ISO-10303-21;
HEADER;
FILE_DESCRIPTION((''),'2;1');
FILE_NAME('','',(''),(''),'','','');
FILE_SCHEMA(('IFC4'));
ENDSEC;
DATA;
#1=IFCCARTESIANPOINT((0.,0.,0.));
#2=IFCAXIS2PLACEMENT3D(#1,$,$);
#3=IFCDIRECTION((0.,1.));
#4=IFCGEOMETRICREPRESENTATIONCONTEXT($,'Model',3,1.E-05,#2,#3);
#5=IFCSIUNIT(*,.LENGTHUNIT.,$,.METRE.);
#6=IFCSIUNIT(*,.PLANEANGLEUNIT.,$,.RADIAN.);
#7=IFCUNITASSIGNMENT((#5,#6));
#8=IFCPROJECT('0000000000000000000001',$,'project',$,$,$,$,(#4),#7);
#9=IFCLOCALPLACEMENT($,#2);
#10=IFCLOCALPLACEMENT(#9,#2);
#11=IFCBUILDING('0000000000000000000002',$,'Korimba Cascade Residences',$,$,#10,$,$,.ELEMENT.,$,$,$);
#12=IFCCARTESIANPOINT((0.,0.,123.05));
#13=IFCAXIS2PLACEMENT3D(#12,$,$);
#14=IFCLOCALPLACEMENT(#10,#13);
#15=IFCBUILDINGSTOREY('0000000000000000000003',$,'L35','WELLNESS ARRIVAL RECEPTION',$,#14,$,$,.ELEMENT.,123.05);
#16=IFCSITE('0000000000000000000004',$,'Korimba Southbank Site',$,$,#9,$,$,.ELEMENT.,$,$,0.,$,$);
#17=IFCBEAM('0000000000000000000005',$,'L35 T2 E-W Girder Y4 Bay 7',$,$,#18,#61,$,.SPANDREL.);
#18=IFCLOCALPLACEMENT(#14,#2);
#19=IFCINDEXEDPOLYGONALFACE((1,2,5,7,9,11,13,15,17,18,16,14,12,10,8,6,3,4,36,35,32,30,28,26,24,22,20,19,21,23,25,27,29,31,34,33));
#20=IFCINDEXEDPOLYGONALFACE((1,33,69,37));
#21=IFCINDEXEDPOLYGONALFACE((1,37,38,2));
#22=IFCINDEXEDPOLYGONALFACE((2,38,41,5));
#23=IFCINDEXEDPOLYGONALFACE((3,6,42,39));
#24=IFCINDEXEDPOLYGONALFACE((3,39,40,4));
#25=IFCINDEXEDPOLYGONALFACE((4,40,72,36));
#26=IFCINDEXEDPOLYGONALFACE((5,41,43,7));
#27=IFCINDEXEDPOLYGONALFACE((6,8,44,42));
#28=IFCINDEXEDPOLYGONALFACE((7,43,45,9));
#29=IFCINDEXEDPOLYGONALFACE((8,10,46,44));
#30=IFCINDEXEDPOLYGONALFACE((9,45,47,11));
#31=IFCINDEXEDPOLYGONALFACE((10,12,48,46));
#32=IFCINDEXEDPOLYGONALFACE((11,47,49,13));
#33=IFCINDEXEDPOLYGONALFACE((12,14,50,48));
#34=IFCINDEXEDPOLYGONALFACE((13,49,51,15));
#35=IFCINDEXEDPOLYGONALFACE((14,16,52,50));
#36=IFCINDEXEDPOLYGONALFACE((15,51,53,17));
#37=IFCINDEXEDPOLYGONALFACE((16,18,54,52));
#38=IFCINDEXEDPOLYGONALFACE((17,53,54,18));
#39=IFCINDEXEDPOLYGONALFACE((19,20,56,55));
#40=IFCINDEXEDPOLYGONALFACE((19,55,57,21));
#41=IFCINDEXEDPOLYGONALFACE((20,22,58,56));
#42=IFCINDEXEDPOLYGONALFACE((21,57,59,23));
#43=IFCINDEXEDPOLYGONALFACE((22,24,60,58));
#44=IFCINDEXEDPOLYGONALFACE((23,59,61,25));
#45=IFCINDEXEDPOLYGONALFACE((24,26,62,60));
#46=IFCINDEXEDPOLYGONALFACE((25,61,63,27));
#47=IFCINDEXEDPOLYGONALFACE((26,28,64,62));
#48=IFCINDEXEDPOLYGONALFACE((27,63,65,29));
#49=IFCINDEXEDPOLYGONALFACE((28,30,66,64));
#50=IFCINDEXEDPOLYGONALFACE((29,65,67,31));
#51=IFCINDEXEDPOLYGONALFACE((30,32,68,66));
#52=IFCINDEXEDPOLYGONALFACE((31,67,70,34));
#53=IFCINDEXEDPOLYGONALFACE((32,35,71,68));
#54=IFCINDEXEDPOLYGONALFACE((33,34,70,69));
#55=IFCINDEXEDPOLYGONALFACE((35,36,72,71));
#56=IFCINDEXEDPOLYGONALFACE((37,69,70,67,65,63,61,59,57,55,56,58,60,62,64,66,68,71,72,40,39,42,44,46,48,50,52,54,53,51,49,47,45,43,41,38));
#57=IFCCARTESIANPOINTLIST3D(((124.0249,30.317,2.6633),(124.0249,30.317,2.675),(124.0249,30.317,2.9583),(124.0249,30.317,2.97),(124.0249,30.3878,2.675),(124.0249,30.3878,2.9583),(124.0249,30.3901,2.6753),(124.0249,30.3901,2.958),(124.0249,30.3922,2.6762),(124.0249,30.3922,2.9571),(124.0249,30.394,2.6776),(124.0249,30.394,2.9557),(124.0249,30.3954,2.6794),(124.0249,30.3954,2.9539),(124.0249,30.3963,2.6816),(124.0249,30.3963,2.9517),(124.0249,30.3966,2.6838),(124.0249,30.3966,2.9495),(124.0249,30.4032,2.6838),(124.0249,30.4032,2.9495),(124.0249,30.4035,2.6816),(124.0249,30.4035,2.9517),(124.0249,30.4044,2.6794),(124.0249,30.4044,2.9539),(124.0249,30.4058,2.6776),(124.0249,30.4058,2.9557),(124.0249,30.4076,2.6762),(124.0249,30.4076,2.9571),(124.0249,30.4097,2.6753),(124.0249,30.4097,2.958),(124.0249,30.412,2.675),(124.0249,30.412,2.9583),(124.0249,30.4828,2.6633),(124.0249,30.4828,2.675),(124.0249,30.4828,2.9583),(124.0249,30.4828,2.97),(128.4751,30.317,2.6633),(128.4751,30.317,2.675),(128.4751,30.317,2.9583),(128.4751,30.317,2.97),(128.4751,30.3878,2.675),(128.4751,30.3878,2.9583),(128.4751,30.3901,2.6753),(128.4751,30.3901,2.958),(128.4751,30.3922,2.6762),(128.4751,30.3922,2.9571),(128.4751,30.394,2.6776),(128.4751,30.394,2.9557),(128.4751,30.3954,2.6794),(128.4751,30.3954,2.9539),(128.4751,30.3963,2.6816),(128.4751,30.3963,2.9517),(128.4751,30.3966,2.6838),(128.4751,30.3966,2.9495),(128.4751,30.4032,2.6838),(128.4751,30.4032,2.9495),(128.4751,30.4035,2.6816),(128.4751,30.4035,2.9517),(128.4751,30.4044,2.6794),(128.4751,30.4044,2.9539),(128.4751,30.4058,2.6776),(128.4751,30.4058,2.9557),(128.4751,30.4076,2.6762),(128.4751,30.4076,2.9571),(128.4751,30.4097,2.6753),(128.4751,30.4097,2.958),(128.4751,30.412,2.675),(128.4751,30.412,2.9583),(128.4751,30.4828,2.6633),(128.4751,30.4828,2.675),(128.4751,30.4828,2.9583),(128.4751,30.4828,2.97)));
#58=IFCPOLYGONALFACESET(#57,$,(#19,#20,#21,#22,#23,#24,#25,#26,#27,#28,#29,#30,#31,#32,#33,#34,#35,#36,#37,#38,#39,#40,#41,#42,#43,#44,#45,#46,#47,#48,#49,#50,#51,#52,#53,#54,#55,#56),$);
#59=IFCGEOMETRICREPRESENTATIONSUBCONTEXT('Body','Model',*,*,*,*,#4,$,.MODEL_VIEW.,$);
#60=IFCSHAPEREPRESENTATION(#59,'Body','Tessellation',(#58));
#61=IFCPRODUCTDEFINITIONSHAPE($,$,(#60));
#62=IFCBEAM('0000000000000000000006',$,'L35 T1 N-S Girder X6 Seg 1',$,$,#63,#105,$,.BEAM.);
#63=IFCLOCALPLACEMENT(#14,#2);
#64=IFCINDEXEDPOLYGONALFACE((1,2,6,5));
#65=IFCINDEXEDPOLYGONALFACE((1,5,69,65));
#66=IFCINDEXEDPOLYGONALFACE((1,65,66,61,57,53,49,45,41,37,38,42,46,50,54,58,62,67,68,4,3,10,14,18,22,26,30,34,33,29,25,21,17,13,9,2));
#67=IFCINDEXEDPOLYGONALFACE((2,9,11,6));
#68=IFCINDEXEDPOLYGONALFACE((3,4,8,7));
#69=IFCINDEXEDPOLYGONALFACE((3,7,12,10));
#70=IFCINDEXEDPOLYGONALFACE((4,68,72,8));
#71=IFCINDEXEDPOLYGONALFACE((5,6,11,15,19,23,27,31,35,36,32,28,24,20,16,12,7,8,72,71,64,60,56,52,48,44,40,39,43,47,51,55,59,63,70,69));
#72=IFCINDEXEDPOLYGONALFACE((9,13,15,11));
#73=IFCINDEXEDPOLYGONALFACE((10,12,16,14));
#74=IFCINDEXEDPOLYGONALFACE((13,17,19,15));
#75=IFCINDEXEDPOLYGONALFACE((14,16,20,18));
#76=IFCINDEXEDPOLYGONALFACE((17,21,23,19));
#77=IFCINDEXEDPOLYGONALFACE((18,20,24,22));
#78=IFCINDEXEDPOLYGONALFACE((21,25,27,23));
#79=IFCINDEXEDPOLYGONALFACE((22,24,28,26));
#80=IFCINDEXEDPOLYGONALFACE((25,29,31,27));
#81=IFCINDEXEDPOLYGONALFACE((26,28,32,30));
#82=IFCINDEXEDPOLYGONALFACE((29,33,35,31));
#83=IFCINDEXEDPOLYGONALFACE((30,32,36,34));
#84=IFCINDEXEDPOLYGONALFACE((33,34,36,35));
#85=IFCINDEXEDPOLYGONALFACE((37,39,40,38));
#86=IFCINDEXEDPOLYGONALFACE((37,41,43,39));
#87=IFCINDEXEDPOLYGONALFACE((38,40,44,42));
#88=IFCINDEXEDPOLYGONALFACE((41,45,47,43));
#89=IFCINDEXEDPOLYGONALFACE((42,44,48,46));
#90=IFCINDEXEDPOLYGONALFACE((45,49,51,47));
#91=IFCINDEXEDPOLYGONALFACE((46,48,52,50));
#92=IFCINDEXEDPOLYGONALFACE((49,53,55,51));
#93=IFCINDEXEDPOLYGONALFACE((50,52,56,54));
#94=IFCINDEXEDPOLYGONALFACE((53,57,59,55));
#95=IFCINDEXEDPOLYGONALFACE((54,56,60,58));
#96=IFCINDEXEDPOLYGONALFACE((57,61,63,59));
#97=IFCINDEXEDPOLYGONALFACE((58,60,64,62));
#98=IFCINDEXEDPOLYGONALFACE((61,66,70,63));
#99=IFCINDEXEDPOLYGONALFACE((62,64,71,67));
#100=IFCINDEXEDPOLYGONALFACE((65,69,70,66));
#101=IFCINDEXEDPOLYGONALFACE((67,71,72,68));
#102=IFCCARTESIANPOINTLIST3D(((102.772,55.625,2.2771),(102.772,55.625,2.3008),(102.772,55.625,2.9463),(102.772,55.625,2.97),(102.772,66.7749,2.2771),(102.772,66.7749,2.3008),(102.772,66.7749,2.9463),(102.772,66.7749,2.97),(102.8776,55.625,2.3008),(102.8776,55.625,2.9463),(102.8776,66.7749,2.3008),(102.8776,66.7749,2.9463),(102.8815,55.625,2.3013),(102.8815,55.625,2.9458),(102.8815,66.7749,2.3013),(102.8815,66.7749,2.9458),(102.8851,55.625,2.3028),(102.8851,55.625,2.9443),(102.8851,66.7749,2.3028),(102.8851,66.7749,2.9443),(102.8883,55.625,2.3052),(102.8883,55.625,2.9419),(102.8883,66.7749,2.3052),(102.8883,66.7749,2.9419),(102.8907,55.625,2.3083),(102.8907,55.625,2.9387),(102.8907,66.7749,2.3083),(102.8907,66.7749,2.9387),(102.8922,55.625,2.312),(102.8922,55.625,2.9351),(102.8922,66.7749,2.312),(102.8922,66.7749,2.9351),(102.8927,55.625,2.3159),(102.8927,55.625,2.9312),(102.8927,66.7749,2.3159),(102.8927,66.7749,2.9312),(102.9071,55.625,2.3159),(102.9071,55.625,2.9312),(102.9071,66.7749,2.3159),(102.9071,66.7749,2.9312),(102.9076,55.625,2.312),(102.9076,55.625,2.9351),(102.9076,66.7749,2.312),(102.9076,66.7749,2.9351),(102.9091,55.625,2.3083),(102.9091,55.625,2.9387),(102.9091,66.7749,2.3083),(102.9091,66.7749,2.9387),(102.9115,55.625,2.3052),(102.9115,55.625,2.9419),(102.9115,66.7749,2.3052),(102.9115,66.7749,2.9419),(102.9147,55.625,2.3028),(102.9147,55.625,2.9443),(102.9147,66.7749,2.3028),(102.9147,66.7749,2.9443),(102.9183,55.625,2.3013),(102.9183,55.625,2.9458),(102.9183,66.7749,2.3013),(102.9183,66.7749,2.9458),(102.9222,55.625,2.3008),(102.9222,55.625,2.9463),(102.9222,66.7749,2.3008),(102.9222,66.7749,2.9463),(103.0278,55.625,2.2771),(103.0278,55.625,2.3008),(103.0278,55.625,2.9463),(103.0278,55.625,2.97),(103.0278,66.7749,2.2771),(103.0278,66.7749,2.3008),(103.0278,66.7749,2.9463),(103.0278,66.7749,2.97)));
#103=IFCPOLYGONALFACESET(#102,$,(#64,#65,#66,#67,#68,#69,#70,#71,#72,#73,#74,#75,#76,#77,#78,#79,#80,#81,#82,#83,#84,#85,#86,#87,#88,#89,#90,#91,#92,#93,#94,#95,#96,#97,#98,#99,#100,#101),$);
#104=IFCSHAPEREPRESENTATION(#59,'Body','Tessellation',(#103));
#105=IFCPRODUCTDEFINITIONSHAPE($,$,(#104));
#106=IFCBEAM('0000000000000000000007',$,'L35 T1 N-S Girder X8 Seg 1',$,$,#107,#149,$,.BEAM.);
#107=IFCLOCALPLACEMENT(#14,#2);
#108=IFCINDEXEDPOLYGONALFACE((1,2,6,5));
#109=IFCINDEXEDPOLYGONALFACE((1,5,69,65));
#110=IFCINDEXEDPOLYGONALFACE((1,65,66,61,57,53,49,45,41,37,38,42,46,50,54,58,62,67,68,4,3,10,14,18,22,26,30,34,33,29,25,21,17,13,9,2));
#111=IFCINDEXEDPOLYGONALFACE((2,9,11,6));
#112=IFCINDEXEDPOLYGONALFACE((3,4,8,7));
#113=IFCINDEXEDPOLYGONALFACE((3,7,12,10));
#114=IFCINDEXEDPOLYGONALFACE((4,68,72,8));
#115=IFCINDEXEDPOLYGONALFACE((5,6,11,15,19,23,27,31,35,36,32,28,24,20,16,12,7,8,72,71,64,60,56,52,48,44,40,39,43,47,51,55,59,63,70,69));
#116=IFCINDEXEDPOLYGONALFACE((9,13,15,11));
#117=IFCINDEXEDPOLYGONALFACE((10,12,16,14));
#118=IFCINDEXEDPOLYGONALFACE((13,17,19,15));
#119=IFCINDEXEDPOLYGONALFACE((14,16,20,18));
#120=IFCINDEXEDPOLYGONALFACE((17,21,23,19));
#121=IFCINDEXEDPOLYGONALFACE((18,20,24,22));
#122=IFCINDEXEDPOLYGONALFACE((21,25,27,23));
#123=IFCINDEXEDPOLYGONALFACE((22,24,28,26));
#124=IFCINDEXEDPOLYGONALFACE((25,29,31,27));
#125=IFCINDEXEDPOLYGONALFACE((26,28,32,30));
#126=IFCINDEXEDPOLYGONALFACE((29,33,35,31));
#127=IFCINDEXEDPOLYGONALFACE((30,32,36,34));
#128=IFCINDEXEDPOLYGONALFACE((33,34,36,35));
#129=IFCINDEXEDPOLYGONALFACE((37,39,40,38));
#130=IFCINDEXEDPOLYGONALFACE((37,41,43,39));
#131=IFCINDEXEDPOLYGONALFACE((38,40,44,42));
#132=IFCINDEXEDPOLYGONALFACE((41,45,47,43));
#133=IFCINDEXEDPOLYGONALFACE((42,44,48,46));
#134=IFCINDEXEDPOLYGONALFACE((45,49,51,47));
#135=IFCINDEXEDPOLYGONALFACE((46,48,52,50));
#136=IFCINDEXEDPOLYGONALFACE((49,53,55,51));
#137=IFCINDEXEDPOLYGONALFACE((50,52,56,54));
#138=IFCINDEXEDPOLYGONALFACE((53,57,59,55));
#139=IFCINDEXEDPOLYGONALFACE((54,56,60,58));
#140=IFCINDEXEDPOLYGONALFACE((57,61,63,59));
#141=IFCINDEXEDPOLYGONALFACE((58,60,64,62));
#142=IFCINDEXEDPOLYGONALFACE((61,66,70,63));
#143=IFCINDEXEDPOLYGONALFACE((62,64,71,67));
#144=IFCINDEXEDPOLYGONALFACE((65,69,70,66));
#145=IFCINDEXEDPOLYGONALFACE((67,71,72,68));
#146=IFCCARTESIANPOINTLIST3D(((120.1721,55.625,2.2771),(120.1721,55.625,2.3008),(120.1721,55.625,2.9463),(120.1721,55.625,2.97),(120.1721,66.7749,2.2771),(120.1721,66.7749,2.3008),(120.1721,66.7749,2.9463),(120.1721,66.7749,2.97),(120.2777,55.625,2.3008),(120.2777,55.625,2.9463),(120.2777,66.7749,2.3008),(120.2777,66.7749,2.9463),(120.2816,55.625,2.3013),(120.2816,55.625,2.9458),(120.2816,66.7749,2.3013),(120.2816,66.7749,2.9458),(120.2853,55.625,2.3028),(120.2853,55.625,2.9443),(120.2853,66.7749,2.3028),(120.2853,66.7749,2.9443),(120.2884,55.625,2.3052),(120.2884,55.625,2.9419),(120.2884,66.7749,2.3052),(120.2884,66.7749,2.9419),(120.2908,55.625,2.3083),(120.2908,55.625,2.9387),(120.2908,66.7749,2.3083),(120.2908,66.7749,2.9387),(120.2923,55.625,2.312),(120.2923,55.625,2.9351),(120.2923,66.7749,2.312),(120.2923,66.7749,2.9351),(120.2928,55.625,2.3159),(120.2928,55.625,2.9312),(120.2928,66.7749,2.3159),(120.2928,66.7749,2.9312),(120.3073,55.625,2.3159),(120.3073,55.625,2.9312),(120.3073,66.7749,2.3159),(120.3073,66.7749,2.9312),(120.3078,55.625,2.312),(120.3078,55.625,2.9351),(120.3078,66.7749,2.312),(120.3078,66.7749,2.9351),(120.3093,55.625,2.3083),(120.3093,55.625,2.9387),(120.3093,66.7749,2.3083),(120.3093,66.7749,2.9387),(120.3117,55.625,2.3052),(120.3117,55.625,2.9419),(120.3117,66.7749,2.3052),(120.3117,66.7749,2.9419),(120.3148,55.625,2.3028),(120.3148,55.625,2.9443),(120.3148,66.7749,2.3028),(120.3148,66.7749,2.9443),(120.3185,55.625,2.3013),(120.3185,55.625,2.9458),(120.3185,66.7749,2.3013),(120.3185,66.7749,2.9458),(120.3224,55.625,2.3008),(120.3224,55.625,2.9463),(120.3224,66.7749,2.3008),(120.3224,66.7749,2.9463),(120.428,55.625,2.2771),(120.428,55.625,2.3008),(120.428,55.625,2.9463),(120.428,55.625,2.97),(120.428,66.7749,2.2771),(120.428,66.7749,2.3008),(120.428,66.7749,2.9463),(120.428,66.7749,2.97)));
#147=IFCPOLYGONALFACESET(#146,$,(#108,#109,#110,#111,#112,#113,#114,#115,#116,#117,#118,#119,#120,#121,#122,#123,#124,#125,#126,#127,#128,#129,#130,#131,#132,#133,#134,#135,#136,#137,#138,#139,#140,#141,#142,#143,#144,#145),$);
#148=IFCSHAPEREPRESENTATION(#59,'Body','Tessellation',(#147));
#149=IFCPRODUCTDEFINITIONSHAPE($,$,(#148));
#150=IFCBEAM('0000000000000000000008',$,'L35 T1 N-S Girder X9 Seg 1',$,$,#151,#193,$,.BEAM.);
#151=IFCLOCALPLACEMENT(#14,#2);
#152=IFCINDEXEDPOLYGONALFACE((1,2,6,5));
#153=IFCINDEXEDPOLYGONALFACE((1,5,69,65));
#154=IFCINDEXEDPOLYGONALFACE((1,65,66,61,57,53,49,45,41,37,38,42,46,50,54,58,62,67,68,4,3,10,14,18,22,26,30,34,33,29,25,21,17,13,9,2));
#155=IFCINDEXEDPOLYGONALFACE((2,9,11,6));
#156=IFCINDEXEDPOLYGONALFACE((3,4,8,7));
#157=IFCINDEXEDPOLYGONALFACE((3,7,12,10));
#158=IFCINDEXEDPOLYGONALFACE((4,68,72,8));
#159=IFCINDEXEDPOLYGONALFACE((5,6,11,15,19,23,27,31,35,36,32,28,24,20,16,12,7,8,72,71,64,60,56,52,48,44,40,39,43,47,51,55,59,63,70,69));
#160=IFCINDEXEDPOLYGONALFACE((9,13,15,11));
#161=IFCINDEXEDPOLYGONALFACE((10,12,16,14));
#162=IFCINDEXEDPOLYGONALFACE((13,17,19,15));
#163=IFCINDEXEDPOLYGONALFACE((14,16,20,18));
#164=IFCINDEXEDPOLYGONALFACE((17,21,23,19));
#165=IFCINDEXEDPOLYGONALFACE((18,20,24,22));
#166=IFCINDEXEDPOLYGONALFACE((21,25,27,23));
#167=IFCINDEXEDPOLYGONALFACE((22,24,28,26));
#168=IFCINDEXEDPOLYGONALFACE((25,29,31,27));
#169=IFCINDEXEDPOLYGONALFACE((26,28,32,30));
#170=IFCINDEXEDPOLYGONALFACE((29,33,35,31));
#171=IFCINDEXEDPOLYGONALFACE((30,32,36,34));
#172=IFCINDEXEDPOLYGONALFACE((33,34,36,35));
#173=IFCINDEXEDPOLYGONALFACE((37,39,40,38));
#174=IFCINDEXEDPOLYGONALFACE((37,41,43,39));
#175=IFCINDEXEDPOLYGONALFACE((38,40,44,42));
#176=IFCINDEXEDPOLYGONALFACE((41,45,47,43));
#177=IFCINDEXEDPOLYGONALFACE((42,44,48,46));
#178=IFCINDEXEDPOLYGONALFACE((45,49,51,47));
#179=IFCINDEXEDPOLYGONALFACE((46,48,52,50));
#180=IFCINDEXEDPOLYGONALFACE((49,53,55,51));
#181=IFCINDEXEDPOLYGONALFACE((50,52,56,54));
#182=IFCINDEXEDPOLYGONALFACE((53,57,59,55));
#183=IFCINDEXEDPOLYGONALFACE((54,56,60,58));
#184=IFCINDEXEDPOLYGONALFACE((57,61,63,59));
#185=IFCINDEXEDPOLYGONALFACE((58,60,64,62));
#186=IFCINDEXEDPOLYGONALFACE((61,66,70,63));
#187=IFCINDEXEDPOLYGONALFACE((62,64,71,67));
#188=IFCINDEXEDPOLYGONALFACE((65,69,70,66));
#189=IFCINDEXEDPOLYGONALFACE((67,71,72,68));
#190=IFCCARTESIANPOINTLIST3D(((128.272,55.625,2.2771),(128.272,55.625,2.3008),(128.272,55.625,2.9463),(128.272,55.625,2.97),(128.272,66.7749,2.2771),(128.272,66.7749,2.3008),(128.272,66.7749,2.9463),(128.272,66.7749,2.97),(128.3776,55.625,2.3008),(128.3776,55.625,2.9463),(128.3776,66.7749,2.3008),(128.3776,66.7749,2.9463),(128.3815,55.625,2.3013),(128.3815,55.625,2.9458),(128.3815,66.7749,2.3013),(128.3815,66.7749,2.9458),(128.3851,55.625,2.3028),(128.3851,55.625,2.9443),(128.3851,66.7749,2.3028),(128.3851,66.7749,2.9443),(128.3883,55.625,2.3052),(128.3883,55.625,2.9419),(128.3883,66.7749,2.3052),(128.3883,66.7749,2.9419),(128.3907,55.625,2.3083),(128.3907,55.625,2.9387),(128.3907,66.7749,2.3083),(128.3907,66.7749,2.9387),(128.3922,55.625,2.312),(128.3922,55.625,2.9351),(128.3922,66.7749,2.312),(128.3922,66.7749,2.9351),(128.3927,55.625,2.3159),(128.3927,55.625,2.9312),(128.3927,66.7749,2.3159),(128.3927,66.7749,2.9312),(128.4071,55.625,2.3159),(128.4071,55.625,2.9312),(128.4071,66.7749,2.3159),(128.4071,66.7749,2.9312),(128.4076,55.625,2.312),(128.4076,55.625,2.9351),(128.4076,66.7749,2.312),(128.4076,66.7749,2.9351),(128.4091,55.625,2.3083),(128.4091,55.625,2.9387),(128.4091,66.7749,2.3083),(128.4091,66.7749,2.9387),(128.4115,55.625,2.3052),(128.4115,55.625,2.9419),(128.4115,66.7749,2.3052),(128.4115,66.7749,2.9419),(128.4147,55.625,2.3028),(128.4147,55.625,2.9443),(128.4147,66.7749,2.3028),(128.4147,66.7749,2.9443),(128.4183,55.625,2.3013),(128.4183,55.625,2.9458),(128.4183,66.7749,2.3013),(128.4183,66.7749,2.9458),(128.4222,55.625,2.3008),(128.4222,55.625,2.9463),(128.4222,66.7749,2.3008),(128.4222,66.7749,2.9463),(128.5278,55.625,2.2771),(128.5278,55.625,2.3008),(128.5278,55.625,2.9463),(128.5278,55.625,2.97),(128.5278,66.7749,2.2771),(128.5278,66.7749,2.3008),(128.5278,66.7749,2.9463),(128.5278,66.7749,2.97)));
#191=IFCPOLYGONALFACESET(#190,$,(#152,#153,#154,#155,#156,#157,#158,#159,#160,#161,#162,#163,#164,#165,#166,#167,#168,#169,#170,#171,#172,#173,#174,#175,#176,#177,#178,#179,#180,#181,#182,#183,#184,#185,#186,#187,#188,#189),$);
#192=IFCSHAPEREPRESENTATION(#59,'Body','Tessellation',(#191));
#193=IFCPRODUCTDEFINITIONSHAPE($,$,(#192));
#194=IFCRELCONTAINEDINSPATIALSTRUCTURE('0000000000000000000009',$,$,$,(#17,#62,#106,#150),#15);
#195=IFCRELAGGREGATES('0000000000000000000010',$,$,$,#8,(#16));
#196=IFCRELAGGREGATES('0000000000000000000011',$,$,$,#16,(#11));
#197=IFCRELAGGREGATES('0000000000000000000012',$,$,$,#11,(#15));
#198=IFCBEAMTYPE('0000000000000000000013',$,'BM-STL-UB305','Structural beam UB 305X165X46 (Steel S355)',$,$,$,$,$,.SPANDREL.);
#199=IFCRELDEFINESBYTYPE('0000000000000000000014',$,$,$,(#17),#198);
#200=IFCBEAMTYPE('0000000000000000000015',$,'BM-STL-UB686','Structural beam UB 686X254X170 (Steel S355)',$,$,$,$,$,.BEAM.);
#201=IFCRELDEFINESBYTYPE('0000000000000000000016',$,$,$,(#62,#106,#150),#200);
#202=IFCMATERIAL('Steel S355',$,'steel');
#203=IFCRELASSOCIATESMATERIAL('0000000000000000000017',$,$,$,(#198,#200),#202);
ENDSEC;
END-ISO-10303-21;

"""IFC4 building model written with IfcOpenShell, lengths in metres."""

from ifc_helpers import new_model, si_unit, direction, frame, origin, origin_2d, place, context, subcontext, project, spatial, i_section, extrude, material, material_profile, profile_set, type_object, element, save


model = new_model("IFC4")

# Units and contexts
model_context = context("Model", 3, precision=1e-05, world=origin(), true_north=direction((0.0, 1.0)))
body_context = subcontext(model_context, "Body", "Model", "MODEL_VIEW")
ifc_project = project(units=[si_unit("LENGTHUNIT", "METRE"), si_unit("PLANEANGLEUNIT", "RADIAN")], contexts=[model_context])

# Site, building, storey
site_placement = place(None, origin())
site = spatial("IfcSite", under=ifc_project, at=site_placement, Name="Korimba Southbank Site", CompositionType="ELEMENT", RefElevation=0.0)
building_placement = place(site_placement, origin())
building = spatial("IfcBuilding", under=site, at=building_placement, Name="Korimba Cascade Residences", CompositionType="ELEMENT")
storey_placement = place(building_placement, frame((0.0, 0.0, 123.05)))
storey = spatial("IfcBuildingStorey", under=building, at=storey_placement, Name="L35", Description="WELLNESS ARRIVAL RECEPTION", CompositionType="ELEMENT", Elevation=123.05)

# Beams
ifc_material_1 = material(Name="Steel S355", Category="steel")
ifc_material_profile_1 = material_profile(ifc_material_1, i_section(OverallWidth=0.1658, OverallDepth=0.3066, WebThickness=0.0066, FlangeThickness=0.0117, FilletRadius=0.0088, at=origin_2d()), Name="Steel S355")
ifc_profile_set_1 = profile_set([ifc_material_profile_1], Name="Steel S355")
beam_type_1 = type_object("IfcBeamType", Name="BM-STL-UB305", Description="Structural beam UB 305X165X46 (Steel S355)", PredefinedType="SPANDREL", material=ifc_profile_set_1)
beam_1_placement = place(storey_placement, frame((124.0249, 30.3999, 2.8167), z_axis=(1.0, 0.0, 0.0), x_axis=(0.0, 1.0, 0.0)))
element("IfcBeam", 1, at=beam_1_placement, inside=storey, type_object=beam_type_1, Name="L35 T2 E-W Girder Y4 Bay 7", PredefinedType="SPANDREL", context=body_context, shape_type="SweptSolid", body=[
    extrude(i_section(OverallWidth=0.1658, OverallDepth=0.3066, WebThickness=0.0066, FlangeThickness=0.0117, FilletRadius=0.0088, at=origin_2d()), origin(), (0.0, 0.0, 1.0), 4.4502),
])
ifc_material_profile_2 = material_profile(ifc_material_1, i_section(OverallWidth=0.2559, OverallDepth=0.6929, WebThickness=0.0144, FlangeThickness=0.0237, FilletRadius=0.0151, at=origin_2d()), Name="Steel S355")
ifc_profile_set_2 = profile_set([ifc_material_profile_2], Name="Steel S355")
beam_type_2 = type_object("IfcBeamType", Name="BM-STL-UB686", Description="Structural beam UB 686X254X170 (Steel S355)", PredefinedType="BEAM", material=ifc_profile_set_2)
for number, where, z_axis, x_axis, name in (
    (2, (102.8999, 55.625, 2.6235), (0.0, 1.0, 0.0), (-1.0, 0.0, 0.0), "L35 T1 N-S Girder X6 Seg 1"),
    (3, (120.3, 55.625, 2.6235), (0.0, 1.0, 0.0), (-1.0, 0.0, 0.0), "L35 T1 N-S Girder X8 Seg 1"),
    (4, (128.3999, 55.625, 2.6235), (0.0, 1.0, 0.0), (-1.0, 0.0, 0.0), "L35 T1 N-S Girder X9 Seg 1"),
):
    element("IfcBeam", number, at=place(storey_placement, frame(where, z_axis=z_axis, x_axis=x_axis)), inside=storey, type_object=beam_type_2, Name=name, PredefinedType="BEAM", context=body_context, shape_type="SweptSolid", body=[
        extrude(i_section(OverallWidth=0.2559, OverallDepth=0.6929, WebThickness=0.0144, FlangeThickness=0.0237, FilletRadius=0.0151, at=origin_2d()), origin(), (0.0, 0.0, 1.0), 11.1499),
    ])

save(model, "model.ifc")
